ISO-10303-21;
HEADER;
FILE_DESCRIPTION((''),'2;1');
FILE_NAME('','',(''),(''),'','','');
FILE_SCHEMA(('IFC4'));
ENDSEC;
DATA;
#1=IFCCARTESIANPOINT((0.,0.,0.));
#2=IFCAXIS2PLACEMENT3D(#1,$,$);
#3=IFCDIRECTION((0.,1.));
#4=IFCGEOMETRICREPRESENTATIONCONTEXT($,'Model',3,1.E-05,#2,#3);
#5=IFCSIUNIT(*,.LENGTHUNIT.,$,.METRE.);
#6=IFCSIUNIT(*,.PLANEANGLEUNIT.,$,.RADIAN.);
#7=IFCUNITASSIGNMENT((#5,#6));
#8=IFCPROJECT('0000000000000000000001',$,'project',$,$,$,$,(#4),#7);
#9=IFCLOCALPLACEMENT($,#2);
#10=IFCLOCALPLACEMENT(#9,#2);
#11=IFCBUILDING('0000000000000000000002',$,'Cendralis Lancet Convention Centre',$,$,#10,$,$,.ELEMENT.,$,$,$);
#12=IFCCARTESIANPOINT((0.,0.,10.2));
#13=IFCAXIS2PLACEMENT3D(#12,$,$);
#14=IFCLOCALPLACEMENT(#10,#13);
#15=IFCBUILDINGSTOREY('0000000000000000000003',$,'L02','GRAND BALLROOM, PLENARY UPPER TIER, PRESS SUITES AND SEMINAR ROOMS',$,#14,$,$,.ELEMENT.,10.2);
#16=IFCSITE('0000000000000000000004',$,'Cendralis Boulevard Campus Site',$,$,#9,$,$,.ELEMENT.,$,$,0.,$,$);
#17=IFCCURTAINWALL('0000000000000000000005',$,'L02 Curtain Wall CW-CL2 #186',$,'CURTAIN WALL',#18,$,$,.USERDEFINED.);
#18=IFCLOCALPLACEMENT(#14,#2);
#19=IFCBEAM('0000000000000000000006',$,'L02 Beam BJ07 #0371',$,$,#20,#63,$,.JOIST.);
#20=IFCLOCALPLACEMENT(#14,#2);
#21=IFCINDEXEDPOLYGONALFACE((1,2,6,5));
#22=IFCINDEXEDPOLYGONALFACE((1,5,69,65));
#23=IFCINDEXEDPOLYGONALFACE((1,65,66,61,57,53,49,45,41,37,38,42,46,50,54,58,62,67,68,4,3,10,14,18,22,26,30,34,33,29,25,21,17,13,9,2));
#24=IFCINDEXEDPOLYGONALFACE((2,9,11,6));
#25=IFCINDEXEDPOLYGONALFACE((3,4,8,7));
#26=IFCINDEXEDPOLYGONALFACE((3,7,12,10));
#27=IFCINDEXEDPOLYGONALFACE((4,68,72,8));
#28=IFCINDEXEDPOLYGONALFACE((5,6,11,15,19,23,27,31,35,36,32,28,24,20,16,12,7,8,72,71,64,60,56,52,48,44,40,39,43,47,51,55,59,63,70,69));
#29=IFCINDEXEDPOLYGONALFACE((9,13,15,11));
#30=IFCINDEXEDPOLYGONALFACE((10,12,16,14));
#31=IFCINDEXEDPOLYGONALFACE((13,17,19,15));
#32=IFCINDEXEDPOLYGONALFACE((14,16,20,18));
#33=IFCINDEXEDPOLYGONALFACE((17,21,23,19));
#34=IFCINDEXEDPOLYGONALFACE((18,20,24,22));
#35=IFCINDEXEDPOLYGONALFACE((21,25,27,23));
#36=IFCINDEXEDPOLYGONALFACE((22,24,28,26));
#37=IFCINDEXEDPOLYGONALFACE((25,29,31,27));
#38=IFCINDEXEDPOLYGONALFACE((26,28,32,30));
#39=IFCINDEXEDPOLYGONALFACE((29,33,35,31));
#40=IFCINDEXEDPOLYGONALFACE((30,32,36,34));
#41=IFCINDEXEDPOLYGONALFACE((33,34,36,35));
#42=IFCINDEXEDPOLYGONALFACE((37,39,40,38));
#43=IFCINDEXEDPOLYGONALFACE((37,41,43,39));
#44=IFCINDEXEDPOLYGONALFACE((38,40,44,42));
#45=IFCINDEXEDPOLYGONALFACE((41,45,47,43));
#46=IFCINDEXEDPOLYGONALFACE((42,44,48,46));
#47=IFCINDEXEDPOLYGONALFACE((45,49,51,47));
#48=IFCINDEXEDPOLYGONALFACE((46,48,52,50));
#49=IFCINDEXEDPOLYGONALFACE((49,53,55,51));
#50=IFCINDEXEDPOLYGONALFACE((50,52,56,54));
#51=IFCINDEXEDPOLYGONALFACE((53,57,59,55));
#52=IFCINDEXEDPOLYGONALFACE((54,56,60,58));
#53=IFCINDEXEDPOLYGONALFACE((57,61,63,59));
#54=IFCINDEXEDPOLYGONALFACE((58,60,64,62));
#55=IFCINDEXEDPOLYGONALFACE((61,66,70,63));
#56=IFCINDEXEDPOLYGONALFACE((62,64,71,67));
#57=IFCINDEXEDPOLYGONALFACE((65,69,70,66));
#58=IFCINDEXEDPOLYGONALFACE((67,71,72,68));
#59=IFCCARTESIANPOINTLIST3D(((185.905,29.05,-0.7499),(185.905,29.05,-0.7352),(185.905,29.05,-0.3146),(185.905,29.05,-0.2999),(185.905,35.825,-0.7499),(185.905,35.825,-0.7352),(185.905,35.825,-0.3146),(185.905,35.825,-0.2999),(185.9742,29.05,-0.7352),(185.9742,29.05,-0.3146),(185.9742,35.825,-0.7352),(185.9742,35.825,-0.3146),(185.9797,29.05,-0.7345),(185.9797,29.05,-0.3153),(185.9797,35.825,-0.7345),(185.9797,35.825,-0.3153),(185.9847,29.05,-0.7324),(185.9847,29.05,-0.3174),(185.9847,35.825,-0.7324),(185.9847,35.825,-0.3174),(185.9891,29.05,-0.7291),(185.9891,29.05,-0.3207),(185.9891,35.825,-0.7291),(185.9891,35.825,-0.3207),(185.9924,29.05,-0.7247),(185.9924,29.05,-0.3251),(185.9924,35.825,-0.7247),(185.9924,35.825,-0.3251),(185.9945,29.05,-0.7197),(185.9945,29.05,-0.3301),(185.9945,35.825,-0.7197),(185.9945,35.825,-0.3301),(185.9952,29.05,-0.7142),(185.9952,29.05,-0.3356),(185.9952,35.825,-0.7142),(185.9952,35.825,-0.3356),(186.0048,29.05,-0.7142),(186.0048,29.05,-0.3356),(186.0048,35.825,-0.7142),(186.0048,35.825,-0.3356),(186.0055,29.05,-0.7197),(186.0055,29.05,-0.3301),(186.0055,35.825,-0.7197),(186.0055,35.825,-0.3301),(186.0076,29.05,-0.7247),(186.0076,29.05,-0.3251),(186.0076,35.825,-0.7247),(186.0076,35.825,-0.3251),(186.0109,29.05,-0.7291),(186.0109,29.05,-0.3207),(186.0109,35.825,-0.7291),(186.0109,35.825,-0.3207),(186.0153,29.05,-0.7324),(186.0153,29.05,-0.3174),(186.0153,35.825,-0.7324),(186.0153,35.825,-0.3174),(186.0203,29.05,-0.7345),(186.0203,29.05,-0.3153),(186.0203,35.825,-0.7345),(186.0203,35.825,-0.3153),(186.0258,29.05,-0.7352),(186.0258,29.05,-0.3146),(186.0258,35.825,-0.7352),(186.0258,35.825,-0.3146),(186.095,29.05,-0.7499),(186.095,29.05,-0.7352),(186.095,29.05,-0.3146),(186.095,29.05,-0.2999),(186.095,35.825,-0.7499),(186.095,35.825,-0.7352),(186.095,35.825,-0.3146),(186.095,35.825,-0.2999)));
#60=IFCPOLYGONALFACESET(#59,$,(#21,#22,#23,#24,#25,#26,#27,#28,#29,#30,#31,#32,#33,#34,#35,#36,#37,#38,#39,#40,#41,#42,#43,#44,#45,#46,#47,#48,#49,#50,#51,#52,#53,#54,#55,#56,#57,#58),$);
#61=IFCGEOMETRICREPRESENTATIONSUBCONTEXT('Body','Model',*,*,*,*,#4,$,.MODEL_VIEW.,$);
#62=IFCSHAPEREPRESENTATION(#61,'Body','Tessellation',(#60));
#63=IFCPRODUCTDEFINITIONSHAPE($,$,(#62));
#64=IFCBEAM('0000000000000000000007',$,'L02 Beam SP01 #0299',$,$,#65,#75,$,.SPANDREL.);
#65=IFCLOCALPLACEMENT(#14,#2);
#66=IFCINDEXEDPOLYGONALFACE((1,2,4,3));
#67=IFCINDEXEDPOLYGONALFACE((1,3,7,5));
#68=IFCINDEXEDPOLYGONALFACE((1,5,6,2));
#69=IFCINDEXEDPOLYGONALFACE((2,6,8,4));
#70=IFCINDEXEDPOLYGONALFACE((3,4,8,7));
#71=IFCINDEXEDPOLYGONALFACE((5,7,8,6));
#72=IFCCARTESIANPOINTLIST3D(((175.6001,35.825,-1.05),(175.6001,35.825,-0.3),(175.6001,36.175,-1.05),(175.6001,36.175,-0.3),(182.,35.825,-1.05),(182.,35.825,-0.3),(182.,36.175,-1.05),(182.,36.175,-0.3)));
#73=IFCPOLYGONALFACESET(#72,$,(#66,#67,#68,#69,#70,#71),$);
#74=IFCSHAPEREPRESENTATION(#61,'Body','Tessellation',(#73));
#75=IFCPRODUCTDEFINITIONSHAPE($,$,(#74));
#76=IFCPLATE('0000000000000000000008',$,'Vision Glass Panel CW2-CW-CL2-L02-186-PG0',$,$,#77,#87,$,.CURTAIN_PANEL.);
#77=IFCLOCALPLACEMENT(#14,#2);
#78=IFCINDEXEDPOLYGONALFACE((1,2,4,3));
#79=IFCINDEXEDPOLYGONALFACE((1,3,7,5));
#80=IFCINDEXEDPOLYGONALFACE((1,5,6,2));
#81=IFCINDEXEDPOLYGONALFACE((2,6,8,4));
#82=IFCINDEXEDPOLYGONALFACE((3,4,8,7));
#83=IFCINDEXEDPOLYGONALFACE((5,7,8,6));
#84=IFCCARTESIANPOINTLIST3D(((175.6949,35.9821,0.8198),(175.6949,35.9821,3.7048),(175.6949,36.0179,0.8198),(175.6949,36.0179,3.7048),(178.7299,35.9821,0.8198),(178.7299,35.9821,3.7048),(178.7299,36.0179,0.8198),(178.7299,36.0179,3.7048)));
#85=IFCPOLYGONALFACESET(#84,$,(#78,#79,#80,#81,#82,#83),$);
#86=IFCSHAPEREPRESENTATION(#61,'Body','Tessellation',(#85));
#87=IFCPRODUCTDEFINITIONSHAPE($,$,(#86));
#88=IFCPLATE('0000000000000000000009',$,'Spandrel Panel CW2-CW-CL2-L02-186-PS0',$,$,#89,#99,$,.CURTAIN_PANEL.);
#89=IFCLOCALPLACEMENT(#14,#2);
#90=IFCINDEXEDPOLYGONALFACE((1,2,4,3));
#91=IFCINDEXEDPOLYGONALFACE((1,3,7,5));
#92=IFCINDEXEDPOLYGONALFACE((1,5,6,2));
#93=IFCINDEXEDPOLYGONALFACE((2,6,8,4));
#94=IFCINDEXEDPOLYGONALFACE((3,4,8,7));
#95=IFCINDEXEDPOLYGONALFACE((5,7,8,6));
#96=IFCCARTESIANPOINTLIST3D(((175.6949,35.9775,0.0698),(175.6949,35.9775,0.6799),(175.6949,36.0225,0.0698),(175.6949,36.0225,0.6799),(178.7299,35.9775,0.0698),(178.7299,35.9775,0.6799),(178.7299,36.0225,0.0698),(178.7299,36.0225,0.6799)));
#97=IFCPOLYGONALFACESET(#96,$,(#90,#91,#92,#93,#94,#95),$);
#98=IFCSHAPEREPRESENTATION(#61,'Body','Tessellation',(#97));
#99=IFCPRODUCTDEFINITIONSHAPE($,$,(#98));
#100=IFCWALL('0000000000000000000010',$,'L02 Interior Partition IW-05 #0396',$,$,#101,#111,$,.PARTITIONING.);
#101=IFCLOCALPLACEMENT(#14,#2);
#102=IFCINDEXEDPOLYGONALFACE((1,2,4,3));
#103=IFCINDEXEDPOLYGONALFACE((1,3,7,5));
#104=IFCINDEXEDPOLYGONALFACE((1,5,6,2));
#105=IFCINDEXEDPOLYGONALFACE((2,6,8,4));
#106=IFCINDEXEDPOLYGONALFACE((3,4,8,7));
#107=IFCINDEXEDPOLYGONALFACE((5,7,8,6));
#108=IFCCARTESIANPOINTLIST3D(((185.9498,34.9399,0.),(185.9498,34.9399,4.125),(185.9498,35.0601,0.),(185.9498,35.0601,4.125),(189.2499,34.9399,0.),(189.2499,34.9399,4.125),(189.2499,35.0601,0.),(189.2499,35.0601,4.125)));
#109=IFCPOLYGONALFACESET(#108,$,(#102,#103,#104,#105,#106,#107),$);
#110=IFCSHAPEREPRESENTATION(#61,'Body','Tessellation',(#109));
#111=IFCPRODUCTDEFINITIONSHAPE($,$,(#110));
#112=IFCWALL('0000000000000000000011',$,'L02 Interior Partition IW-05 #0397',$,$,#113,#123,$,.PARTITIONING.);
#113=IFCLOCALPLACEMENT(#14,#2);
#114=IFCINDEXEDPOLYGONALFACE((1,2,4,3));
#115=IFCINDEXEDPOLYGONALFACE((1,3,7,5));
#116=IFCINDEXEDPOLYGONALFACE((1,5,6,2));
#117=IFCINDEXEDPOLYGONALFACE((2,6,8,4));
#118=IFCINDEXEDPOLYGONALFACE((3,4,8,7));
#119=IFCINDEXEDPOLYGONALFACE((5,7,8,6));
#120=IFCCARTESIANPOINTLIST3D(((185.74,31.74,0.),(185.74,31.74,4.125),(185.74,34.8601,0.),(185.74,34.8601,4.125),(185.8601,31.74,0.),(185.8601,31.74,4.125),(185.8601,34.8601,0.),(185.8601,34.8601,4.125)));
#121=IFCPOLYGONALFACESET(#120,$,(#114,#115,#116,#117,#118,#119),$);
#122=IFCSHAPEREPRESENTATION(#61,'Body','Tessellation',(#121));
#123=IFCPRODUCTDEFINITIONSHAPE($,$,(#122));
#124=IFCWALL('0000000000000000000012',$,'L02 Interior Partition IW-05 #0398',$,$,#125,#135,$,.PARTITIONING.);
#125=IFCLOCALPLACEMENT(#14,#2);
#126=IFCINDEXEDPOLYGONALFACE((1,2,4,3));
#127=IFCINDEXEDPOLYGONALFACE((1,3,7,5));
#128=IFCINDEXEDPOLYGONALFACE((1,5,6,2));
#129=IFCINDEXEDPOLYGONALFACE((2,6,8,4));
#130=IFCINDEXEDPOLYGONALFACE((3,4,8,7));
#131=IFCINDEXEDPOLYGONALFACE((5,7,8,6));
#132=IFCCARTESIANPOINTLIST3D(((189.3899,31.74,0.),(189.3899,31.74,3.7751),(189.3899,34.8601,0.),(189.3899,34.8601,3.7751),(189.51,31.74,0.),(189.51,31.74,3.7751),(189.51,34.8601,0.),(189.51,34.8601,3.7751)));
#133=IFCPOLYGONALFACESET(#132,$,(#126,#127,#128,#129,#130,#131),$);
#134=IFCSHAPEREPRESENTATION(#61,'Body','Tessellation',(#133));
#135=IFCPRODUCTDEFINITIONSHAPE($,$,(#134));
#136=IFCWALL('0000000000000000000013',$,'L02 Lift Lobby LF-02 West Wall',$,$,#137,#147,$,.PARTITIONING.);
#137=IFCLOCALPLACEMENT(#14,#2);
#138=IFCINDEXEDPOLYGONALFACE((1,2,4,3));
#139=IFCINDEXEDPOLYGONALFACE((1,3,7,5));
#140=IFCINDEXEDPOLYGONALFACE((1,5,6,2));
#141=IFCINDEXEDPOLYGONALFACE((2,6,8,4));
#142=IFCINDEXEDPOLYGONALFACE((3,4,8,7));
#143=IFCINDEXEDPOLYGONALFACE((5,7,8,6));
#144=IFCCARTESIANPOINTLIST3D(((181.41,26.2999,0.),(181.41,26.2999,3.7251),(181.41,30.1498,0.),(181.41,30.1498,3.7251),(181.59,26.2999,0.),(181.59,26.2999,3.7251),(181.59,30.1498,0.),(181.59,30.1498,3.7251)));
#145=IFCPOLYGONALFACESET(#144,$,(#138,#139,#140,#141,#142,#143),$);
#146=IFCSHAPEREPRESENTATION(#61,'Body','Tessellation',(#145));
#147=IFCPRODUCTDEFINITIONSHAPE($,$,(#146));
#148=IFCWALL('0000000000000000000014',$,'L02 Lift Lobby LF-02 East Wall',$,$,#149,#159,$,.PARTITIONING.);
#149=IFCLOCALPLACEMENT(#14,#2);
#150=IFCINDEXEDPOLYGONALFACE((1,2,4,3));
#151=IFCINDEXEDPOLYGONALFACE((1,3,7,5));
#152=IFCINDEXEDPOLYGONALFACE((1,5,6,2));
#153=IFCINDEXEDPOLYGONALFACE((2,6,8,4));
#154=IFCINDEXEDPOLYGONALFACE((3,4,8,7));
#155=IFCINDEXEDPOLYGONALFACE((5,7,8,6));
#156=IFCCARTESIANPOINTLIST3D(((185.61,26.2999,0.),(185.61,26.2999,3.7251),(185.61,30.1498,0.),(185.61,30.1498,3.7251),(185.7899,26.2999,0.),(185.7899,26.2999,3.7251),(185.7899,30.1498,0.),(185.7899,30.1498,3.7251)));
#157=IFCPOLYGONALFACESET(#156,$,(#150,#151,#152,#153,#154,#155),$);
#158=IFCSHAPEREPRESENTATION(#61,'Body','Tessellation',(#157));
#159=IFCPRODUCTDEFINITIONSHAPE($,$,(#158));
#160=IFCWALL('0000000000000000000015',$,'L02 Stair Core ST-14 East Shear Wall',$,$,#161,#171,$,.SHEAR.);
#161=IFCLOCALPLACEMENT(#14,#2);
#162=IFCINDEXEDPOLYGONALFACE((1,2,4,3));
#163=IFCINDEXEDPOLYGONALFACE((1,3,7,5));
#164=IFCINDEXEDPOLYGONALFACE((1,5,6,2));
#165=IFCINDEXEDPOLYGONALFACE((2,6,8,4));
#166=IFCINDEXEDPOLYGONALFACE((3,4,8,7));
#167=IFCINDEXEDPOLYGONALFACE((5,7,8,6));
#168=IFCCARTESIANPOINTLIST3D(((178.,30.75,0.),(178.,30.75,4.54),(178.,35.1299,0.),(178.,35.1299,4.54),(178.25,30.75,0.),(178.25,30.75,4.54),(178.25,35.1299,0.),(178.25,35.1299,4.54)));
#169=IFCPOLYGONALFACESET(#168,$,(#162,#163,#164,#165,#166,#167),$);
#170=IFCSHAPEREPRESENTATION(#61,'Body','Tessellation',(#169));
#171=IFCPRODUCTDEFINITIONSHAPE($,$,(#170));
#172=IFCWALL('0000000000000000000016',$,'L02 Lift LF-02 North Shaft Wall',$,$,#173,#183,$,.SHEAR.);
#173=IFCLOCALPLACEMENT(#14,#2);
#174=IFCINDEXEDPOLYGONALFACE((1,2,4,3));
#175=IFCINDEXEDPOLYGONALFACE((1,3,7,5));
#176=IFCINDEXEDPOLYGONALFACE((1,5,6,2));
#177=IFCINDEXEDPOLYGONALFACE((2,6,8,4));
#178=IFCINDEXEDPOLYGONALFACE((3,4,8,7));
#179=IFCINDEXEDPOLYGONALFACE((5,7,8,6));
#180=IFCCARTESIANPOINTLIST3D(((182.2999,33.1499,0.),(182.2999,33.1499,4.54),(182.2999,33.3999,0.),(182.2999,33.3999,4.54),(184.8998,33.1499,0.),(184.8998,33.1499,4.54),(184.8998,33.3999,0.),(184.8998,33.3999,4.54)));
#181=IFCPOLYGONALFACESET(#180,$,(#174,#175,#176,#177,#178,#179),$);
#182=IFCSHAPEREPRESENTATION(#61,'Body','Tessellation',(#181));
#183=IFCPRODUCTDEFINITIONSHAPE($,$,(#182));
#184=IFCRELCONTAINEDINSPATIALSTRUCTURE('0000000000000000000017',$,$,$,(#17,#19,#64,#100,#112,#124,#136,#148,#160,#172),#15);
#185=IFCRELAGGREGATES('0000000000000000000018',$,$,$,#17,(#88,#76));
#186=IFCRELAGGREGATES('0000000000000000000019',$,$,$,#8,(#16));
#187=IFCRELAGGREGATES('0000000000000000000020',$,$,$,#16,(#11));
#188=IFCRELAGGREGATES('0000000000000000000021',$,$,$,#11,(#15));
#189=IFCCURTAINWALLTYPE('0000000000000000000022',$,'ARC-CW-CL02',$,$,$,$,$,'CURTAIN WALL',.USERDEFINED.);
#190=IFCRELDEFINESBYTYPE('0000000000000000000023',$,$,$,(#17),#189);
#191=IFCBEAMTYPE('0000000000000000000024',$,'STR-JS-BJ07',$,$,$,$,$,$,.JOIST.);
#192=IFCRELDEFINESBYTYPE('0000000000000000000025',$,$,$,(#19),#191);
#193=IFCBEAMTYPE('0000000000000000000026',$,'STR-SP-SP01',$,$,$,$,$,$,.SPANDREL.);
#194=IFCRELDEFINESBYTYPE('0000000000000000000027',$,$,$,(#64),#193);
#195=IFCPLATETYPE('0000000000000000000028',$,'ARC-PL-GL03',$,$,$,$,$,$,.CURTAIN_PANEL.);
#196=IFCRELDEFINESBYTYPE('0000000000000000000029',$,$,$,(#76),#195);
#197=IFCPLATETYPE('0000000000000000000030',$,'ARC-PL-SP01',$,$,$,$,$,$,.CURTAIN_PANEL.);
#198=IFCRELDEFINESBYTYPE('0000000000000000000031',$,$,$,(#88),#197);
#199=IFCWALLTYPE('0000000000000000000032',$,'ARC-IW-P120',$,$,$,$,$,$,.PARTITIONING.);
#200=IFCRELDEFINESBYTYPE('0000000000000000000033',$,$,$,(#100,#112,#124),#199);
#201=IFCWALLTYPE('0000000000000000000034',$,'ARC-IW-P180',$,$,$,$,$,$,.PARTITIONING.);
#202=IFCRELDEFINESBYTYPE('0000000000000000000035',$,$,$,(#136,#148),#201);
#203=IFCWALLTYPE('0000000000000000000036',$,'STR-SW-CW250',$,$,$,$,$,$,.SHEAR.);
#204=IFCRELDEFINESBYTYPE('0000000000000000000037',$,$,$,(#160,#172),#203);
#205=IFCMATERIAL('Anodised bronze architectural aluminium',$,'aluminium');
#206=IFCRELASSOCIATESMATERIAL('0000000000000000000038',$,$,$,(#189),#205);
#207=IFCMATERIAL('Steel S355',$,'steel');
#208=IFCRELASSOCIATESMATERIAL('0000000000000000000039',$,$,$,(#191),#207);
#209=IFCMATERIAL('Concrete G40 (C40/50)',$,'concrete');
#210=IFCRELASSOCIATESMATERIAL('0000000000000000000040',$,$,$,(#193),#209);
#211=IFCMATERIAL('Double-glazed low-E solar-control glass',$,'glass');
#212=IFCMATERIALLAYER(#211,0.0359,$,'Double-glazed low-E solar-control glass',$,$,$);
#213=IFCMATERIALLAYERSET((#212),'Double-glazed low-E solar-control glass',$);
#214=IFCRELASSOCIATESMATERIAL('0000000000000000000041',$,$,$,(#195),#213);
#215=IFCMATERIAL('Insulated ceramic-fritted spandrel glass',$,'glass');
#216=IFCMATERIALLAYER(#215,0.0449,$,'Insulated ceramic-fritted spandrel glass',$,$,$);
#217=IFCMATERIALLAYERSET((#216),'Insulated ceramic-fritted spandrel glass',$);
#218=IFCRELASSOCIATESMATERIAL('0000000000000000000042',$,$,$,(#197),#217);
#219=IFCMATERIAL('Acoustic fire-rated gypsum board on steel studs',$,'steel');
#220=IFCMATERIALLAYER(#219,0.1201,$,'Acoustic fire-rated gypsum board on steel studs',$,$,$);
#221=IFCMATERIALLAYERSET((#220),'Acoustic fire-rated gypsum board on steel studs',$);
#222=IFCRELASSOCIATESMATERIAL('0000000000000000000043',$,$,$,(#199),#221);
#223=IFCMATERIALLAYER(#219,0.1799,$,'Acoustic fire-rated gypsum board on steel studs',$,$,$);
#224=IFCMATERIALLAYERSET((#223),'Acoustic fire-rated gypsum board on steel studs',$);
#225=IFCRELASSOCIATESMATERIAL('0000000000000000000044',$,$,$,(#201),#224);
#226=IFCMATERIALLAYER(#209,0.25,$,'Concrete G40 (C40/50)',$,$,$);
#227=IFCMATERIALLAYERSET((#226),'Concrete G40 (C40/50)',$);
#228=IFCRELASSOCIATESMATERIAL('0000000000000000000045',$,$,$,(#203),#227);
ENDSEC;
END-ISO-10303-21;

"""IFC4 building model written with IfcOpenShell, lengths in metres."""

from ifc_helpers import new_model, si_unit, direction, frame, frame_2d, origin, origin_2d, place, context, subcontext, project, spatial, rectangle, i_section, extrude, material, layer, layer_set, material_profile, profile_set, type_object, element, aggregate, save


model = new_model("IFC4")

# Units and contexts
model_context = context("Model", 3, precision=1e-05, world=origin(), true_north=direction((0.0, 1.0)))
body_context = subcontext(model_context, "Body", "Model", "MODEL_VIEW")
ifc_project = project(units=[si_unit("LENGTHUNIT", "METRE"), si_unit("PLANEANGLEUNIT", "RADIAN")], contexts=[model_context])

# Site, building, storey
site_placement = place(None, origin())
site = spatial("IfcSite", under=ifc_project, at=site_placement, Name="Cendralis Boulevard Campus Site", CompositionType="ELEMENT", RefElevation=0.0)
building_placement = place(site_placement, origin())
building = spatial("IfcBuilding", under=site, at=building_placement, Name="Cendralis Lancet Convention Centre", CompositionType="ELEMENT")
storey_placement = place(building_placement, frame((0.0, 0.0, 10.2)))
storey = spatial("IfcBuildingStorey", under=building, at=storey_placement, Name="L02", Description="GRAND BALLROOM, PLENARY UPPER TIER, PRESS SUITES AND SEMINAR ROOMS", CompositionType="ELEMENT", Elevation=10.2)

# Shared definitions
ifc_material_1 = material(Name="Concrete G40 (C40/50)", Category="concrete")

# Curtain wall
ifc_material_2 = material(Name="Anodised bronze architectural aluminium", Category="aluminium")
curtain_wall_type = type_object("IfcCurtainWallType", Name="ARC-CW-CL02", ElementType="CURTAIN WALL", PredefinedType="USERDEFINED", material=ifc_material_2)
curtain_wall_placement = place(storey_placement, origin())
curtain_wall = element("IfcCurtainWall", 1, at=curtain_wall_placement, inside=storey, type_object=curtain_wall_type, Name="L02 Curtain Wall CW-CL2 #186", ObjectType="CURTAIN WALL", PredefinedType="USERDEFINED")

# Beams
ifc_material_3 = material(Name="Steel S355", Category="steel")
ifc_material_profile_1 = material_profile(ifc_material_3, i_section(OverallWidth=0.1899, OverallDepth=0.45, WebThickness=0.0095, FlangeThickness=0.0146, FilletRadius=0.021, at=origin_2d()), Name="IPE 450")
ifc_profile_set_1 = profile_set([ifc_material_profile_1], Name="Steel S355")
beam_type_1 = type_object("IfcBeamType", Name="STR-JS-BJ07", PredefinedType="JOIST", material=ifc_profile_set_1)
for number, where, z_axis, x_axis, name in (
    (2, (186.0, 29.05, -0.5249), (0.0, 1.0, 0.0), (-1.0, 0.0, 0.0), "L02 Beam BJ07 #0371"),
):
    element("IfcBeam", number, at=place(storey_placement, frame(where, z_axis=z_axis, x_axis=x_axis)), inside=storey, type_object=beam_type_1, Name=name, PredefinedType="JOIST", context=body_context, shape_type="SweptSolid", body=[
        extrude(i_section(OverallWidth=0.1899, OverallDepth=0.45, WebThickness=0.0095, FlangeThickness=0.0146, FilletRadius=0.021, at=origin_2d()), origin(), (0.0, 0.0, 1.0), 6.7749),
    ])
ifc_material_profile_2 = material_profile(ifc_material_1, rectangle(XDim=0.3501, YDim=0.75, at=origin_2d()), Name="RCB 350x750")
ifc_profile_set_2 = profile_set([ifc_material_profile_2], Name="Concrete G40 (C40/50)")
beam_type_2 = type_object("IfcBeamType", Name="STR-SP-SP01", PredefinedType="SPANDREL", material=ifc_profile_set_2)
beam_1_placement = place(storey_placement, frame((175.6001, 36.0, -0.675), z_axis=(1.0, 0.0, 0.0), x_axis=(0.0, 1.0, 0.0)))
element("IfcBeam", 3, at=beam_1_placement, inside=storey, type_object=beam_type_2, Name="L02 Beam SP01 #0299", PredefinedType="SPANDREL", context=body_context, shape_type="SweptSolid", body=[
    extrude(rectangle(XDim=0.3501, YDim=0.75, at=origin_2d()), origin(), (0.0, 0.0, 1.0), 6.3999),
])

# Plates
ifc_material_4 = material(Name="Double-glazed low-E solar-control glass", Category="glass")
ifc_layer_1 = layer(ifc_material_4, 0.0359, Name="Double-glazed low-E solar-control glass")
ifc_layer_set_1 = layer_set([ifc_layer_1], Name="Double-glazed low-E solar-control glass")
plate_type_1 = type_object("IfcPlateType", Name="ARC-PL-GL03", PredefinedType="CURTAIN_PANEL", material=ifc_layer_set_1)
plate_1_placement = place(storey_placement, frame((177.2124, 36.0, 0.8198), z_axis=(0.0, 0.0, 1.0), x_axis=(1.0, 0.0, 0.0)))
plate_1 = element("IfcPlate", 4, at=plate_1_placement, type_object=plate_type_1, Name="Vision Glass Panel CW2-CW-CL2-L02-186-PG0", PredefinedType="CURTAIN_PANEL", context=body_context, shape_type="SweptSolid", body=[
    extrude(rectangle(XDim=3.0349, YDim=0.0359, at=origin_2d()), origin(), (0.0, 0.0, 1.0), 2.885),
])
ifc_material_5 = material(Name="Insulated ceramic-fritted spandrel glass", Category="glass")
ifc_layer_2 = layer(ifc_material_5, 0.0449, Name="Insulated ceramic-fritted spandrel glass")
ifc_layer_set_2 = layer_set([ifc_layer_2], Name="Insulated ceramic-fritted spandrel glass")
plate_type_2 = type_object("IfcPlateType", Name="ARC-PL-SP01", PredefinedType="CURTAIN_PANEL", material=ifc_layer_set_2)
plate_2_placement = place(storey_placement, frame((177.2124, 36.0, 0.0698), z_axis=(0.0, 0.0, 1.0), x_axis=(1.0, 0.0, 0.0)))
plate_2 = element("IfcPlate", 5, at=plate_2_placement, type_object=plate_type_2, Name="Spandrel Panel CW2-CW-CL2-L02-186-PS0", PredefinedType="CURTAIN_PANEL", context=body_context, shape_type="SweptSolid", body=[
    extrude(rectangle(XDim=3.0349, YDim=0.0449, at=origin_2d()), origin(), (0.0, 0.0, 1.0), 0.6101),
])
aggregate(curtain_wall, [plate_2, plate_1])

# Shared definitions
ifc_material_6 = material(Name="Acoustic fire-rated gypsum board on steel studs", Category="steel")
ifc_layer_3 = layer(ifc_material_6, 0.1201, Name="Acoustic fire-rated gypsum board on steel studs")
ifc_layer_set_3 = layer_set([ifc_layer_3], Name="Acoustic fire-rated gypsum board on steel studs")
wall_type_1 = type_object("IfcWallType", Name="ARC-IW-P120", PredefinedType="PARTITIONING", material=ifc_layer_set_3)

# Walls
wall_1_placement = place(storey_placement, frame((185.95, 35.0, 0.0), z_axis=(0.0, 0.0, 1.0), x_axis=(1.0, 0.0, 0.0)))
element("IfcWall", 6, at=wall_1_placement, inside=storey, type_object=wall_type_1, Name="L02 Interior Partition IW-05 #0396", PredefinedType="PARTITIONING", context=body_context, shape_type="SweptSolid", body=[
    extrude(rectangle(XDim=3.3, YDim=0.1201, at=frame_2d((1.6499, 0.0))), origin(), (0.0, 0.0, 1.0), 4.125),
])
wall_2_placement = place(storey_placement, frame((185.8, 31.74, 0.0), z_axis=(0.0, 0.0, 1.0), x_axis=(0.0, 1.0, 0.0)))
element("IfcWall", 7, at=wall_2_placement, inside=storey, type_object=wall_type_1, Name="L02 Interior Partition IW-05 #0397", PredefinedType="PARTITIONING", context=body_context, shape_type="SweptSolid", body=[
    extrude(rectangle(XDim=3.1201, YDim=0.1201, at=frame_2d((1.5601, 0.0))), origin(), (0.0, 0.0, 1.0), 4.125),
])
wall_3_placement = place(storey_placement, frame((189.45, 31.74, 0.0), z_axis=(0.0, 0.0, 1.0), x_axis=(0.0, 1.0, 0.0)))
element("IfcWall", 8, at=wall_3_placement, inside=storey, type_object=wall_type_1, Name="L02 Interior Partition IW-05 #0398", PredefinedType="PARTITIONING", context=body_context, shape_type="SweptSolid", body=[
    extrude(rectangle(XDim=3.1201, YDim=0.1201, at=frame_2d((1.5601, 0.0))), origin(), (0.0, 0.0, 1.0), 3.7751),
])

# Shared definitions
ifc_layer_4 = layer(ifc_material_6, 0.1799, Name="Acoustic fire-rated gypsum board on steel studs")
ifc_layer_set_4 = layer_set([ifc_layer_4], Name="Acoustic fire-rated gypsum board on steel studs")
wall_type_2 = type_object("IfcWallType", Name="ARC-IW-P180", PredefinedType="PARTITIONING", material=ifc_layer_set_4)

# Walls
for number, where, z_axis, x_axis, name in (
    (9, (181.5, 26.3, 0.0), (0.0, 0.0, 1.0), (0.0, 1.0, 0.0), "L02 Lift Lobby LF-02 West Wall"),
    (10, (185.7, 26.3, 0.0), (0.0, 0.0, 1.0), (0.0, 1.0, 0.0), "L02 Lift Lobby LF-02 East Wall"),
):
    element("IfcWall", number, at=place(storey_placement, frame(where, z_axis=z_axis, x_axis=x_axis)), inside=storey, type_object=wall_type_2, Name=name, PredefinedType="PARTITIONING", context=body_context, shape_type="SweptSolid", body=[
        extrude(rectangle(XDim=3.8499, YDim=0.1799, at=frame_2d((1.9248, 0.0))), origin(), (0.0, 0.0, 1.0), 3.7251),
    ])
ifc_layer_5 = layer(ifc_material_1, 0.25, Name="Concrete G40 (C40/50)")
ifc_layer_set_5 = layer_set([ifc_layer_5], Name="Concrete G40 (C40/50)")
wall_type_3 = type_object("IfcWallType", Name="STR-SW-CW250", PredefinedType="SHEAR", material=ifc_layer_set_5)
wall_4_placement = place(storey_placement, frame((178.125, 30.75, 0.0), z_axis=(0.0, 0.0, 1.0), x_axis=(0.0, 1.0, 0.0)))
element("IfcWall", 11, at=wall_4_placement, inside=storey, type_object=wall_type_3, Name="L02 Stair Core ST-14 East Shear Wall", PredefinedType="SHEAR", context=body_context, shape_type="SweptSolid", body=[
    extrude(rectangle(XDim=4.3799, YDim=0.25, at=frame_2d((2.1899, 0.0))), origin(), (0.0, 0.0, 1.0), 4.54),
])

# Wall
wall_5_placement = place(storey_placement, frame((182.3, 33.2749, 0.0), z_axis=(0.0, 0.0, 1.0), x_axis=(1.0, 0.0, 0.0)))
element("IfcWall", 12, at=wall_5_placement, inside=storey, type_object=wall_type_3, Name="L02 Lift LF-02 North Shaft Wall", PredefinedType="SHEAR", context=body_context, shape_type="SweptSolid", body=[
    extrude(rectangle(XDim=2.5999, YDim=0.25, at=frame_2d((1.2998, 0.0))), origin(), (0.0, 0.0, 1.0), 4.54),
])

save(model, "model.ifc")
